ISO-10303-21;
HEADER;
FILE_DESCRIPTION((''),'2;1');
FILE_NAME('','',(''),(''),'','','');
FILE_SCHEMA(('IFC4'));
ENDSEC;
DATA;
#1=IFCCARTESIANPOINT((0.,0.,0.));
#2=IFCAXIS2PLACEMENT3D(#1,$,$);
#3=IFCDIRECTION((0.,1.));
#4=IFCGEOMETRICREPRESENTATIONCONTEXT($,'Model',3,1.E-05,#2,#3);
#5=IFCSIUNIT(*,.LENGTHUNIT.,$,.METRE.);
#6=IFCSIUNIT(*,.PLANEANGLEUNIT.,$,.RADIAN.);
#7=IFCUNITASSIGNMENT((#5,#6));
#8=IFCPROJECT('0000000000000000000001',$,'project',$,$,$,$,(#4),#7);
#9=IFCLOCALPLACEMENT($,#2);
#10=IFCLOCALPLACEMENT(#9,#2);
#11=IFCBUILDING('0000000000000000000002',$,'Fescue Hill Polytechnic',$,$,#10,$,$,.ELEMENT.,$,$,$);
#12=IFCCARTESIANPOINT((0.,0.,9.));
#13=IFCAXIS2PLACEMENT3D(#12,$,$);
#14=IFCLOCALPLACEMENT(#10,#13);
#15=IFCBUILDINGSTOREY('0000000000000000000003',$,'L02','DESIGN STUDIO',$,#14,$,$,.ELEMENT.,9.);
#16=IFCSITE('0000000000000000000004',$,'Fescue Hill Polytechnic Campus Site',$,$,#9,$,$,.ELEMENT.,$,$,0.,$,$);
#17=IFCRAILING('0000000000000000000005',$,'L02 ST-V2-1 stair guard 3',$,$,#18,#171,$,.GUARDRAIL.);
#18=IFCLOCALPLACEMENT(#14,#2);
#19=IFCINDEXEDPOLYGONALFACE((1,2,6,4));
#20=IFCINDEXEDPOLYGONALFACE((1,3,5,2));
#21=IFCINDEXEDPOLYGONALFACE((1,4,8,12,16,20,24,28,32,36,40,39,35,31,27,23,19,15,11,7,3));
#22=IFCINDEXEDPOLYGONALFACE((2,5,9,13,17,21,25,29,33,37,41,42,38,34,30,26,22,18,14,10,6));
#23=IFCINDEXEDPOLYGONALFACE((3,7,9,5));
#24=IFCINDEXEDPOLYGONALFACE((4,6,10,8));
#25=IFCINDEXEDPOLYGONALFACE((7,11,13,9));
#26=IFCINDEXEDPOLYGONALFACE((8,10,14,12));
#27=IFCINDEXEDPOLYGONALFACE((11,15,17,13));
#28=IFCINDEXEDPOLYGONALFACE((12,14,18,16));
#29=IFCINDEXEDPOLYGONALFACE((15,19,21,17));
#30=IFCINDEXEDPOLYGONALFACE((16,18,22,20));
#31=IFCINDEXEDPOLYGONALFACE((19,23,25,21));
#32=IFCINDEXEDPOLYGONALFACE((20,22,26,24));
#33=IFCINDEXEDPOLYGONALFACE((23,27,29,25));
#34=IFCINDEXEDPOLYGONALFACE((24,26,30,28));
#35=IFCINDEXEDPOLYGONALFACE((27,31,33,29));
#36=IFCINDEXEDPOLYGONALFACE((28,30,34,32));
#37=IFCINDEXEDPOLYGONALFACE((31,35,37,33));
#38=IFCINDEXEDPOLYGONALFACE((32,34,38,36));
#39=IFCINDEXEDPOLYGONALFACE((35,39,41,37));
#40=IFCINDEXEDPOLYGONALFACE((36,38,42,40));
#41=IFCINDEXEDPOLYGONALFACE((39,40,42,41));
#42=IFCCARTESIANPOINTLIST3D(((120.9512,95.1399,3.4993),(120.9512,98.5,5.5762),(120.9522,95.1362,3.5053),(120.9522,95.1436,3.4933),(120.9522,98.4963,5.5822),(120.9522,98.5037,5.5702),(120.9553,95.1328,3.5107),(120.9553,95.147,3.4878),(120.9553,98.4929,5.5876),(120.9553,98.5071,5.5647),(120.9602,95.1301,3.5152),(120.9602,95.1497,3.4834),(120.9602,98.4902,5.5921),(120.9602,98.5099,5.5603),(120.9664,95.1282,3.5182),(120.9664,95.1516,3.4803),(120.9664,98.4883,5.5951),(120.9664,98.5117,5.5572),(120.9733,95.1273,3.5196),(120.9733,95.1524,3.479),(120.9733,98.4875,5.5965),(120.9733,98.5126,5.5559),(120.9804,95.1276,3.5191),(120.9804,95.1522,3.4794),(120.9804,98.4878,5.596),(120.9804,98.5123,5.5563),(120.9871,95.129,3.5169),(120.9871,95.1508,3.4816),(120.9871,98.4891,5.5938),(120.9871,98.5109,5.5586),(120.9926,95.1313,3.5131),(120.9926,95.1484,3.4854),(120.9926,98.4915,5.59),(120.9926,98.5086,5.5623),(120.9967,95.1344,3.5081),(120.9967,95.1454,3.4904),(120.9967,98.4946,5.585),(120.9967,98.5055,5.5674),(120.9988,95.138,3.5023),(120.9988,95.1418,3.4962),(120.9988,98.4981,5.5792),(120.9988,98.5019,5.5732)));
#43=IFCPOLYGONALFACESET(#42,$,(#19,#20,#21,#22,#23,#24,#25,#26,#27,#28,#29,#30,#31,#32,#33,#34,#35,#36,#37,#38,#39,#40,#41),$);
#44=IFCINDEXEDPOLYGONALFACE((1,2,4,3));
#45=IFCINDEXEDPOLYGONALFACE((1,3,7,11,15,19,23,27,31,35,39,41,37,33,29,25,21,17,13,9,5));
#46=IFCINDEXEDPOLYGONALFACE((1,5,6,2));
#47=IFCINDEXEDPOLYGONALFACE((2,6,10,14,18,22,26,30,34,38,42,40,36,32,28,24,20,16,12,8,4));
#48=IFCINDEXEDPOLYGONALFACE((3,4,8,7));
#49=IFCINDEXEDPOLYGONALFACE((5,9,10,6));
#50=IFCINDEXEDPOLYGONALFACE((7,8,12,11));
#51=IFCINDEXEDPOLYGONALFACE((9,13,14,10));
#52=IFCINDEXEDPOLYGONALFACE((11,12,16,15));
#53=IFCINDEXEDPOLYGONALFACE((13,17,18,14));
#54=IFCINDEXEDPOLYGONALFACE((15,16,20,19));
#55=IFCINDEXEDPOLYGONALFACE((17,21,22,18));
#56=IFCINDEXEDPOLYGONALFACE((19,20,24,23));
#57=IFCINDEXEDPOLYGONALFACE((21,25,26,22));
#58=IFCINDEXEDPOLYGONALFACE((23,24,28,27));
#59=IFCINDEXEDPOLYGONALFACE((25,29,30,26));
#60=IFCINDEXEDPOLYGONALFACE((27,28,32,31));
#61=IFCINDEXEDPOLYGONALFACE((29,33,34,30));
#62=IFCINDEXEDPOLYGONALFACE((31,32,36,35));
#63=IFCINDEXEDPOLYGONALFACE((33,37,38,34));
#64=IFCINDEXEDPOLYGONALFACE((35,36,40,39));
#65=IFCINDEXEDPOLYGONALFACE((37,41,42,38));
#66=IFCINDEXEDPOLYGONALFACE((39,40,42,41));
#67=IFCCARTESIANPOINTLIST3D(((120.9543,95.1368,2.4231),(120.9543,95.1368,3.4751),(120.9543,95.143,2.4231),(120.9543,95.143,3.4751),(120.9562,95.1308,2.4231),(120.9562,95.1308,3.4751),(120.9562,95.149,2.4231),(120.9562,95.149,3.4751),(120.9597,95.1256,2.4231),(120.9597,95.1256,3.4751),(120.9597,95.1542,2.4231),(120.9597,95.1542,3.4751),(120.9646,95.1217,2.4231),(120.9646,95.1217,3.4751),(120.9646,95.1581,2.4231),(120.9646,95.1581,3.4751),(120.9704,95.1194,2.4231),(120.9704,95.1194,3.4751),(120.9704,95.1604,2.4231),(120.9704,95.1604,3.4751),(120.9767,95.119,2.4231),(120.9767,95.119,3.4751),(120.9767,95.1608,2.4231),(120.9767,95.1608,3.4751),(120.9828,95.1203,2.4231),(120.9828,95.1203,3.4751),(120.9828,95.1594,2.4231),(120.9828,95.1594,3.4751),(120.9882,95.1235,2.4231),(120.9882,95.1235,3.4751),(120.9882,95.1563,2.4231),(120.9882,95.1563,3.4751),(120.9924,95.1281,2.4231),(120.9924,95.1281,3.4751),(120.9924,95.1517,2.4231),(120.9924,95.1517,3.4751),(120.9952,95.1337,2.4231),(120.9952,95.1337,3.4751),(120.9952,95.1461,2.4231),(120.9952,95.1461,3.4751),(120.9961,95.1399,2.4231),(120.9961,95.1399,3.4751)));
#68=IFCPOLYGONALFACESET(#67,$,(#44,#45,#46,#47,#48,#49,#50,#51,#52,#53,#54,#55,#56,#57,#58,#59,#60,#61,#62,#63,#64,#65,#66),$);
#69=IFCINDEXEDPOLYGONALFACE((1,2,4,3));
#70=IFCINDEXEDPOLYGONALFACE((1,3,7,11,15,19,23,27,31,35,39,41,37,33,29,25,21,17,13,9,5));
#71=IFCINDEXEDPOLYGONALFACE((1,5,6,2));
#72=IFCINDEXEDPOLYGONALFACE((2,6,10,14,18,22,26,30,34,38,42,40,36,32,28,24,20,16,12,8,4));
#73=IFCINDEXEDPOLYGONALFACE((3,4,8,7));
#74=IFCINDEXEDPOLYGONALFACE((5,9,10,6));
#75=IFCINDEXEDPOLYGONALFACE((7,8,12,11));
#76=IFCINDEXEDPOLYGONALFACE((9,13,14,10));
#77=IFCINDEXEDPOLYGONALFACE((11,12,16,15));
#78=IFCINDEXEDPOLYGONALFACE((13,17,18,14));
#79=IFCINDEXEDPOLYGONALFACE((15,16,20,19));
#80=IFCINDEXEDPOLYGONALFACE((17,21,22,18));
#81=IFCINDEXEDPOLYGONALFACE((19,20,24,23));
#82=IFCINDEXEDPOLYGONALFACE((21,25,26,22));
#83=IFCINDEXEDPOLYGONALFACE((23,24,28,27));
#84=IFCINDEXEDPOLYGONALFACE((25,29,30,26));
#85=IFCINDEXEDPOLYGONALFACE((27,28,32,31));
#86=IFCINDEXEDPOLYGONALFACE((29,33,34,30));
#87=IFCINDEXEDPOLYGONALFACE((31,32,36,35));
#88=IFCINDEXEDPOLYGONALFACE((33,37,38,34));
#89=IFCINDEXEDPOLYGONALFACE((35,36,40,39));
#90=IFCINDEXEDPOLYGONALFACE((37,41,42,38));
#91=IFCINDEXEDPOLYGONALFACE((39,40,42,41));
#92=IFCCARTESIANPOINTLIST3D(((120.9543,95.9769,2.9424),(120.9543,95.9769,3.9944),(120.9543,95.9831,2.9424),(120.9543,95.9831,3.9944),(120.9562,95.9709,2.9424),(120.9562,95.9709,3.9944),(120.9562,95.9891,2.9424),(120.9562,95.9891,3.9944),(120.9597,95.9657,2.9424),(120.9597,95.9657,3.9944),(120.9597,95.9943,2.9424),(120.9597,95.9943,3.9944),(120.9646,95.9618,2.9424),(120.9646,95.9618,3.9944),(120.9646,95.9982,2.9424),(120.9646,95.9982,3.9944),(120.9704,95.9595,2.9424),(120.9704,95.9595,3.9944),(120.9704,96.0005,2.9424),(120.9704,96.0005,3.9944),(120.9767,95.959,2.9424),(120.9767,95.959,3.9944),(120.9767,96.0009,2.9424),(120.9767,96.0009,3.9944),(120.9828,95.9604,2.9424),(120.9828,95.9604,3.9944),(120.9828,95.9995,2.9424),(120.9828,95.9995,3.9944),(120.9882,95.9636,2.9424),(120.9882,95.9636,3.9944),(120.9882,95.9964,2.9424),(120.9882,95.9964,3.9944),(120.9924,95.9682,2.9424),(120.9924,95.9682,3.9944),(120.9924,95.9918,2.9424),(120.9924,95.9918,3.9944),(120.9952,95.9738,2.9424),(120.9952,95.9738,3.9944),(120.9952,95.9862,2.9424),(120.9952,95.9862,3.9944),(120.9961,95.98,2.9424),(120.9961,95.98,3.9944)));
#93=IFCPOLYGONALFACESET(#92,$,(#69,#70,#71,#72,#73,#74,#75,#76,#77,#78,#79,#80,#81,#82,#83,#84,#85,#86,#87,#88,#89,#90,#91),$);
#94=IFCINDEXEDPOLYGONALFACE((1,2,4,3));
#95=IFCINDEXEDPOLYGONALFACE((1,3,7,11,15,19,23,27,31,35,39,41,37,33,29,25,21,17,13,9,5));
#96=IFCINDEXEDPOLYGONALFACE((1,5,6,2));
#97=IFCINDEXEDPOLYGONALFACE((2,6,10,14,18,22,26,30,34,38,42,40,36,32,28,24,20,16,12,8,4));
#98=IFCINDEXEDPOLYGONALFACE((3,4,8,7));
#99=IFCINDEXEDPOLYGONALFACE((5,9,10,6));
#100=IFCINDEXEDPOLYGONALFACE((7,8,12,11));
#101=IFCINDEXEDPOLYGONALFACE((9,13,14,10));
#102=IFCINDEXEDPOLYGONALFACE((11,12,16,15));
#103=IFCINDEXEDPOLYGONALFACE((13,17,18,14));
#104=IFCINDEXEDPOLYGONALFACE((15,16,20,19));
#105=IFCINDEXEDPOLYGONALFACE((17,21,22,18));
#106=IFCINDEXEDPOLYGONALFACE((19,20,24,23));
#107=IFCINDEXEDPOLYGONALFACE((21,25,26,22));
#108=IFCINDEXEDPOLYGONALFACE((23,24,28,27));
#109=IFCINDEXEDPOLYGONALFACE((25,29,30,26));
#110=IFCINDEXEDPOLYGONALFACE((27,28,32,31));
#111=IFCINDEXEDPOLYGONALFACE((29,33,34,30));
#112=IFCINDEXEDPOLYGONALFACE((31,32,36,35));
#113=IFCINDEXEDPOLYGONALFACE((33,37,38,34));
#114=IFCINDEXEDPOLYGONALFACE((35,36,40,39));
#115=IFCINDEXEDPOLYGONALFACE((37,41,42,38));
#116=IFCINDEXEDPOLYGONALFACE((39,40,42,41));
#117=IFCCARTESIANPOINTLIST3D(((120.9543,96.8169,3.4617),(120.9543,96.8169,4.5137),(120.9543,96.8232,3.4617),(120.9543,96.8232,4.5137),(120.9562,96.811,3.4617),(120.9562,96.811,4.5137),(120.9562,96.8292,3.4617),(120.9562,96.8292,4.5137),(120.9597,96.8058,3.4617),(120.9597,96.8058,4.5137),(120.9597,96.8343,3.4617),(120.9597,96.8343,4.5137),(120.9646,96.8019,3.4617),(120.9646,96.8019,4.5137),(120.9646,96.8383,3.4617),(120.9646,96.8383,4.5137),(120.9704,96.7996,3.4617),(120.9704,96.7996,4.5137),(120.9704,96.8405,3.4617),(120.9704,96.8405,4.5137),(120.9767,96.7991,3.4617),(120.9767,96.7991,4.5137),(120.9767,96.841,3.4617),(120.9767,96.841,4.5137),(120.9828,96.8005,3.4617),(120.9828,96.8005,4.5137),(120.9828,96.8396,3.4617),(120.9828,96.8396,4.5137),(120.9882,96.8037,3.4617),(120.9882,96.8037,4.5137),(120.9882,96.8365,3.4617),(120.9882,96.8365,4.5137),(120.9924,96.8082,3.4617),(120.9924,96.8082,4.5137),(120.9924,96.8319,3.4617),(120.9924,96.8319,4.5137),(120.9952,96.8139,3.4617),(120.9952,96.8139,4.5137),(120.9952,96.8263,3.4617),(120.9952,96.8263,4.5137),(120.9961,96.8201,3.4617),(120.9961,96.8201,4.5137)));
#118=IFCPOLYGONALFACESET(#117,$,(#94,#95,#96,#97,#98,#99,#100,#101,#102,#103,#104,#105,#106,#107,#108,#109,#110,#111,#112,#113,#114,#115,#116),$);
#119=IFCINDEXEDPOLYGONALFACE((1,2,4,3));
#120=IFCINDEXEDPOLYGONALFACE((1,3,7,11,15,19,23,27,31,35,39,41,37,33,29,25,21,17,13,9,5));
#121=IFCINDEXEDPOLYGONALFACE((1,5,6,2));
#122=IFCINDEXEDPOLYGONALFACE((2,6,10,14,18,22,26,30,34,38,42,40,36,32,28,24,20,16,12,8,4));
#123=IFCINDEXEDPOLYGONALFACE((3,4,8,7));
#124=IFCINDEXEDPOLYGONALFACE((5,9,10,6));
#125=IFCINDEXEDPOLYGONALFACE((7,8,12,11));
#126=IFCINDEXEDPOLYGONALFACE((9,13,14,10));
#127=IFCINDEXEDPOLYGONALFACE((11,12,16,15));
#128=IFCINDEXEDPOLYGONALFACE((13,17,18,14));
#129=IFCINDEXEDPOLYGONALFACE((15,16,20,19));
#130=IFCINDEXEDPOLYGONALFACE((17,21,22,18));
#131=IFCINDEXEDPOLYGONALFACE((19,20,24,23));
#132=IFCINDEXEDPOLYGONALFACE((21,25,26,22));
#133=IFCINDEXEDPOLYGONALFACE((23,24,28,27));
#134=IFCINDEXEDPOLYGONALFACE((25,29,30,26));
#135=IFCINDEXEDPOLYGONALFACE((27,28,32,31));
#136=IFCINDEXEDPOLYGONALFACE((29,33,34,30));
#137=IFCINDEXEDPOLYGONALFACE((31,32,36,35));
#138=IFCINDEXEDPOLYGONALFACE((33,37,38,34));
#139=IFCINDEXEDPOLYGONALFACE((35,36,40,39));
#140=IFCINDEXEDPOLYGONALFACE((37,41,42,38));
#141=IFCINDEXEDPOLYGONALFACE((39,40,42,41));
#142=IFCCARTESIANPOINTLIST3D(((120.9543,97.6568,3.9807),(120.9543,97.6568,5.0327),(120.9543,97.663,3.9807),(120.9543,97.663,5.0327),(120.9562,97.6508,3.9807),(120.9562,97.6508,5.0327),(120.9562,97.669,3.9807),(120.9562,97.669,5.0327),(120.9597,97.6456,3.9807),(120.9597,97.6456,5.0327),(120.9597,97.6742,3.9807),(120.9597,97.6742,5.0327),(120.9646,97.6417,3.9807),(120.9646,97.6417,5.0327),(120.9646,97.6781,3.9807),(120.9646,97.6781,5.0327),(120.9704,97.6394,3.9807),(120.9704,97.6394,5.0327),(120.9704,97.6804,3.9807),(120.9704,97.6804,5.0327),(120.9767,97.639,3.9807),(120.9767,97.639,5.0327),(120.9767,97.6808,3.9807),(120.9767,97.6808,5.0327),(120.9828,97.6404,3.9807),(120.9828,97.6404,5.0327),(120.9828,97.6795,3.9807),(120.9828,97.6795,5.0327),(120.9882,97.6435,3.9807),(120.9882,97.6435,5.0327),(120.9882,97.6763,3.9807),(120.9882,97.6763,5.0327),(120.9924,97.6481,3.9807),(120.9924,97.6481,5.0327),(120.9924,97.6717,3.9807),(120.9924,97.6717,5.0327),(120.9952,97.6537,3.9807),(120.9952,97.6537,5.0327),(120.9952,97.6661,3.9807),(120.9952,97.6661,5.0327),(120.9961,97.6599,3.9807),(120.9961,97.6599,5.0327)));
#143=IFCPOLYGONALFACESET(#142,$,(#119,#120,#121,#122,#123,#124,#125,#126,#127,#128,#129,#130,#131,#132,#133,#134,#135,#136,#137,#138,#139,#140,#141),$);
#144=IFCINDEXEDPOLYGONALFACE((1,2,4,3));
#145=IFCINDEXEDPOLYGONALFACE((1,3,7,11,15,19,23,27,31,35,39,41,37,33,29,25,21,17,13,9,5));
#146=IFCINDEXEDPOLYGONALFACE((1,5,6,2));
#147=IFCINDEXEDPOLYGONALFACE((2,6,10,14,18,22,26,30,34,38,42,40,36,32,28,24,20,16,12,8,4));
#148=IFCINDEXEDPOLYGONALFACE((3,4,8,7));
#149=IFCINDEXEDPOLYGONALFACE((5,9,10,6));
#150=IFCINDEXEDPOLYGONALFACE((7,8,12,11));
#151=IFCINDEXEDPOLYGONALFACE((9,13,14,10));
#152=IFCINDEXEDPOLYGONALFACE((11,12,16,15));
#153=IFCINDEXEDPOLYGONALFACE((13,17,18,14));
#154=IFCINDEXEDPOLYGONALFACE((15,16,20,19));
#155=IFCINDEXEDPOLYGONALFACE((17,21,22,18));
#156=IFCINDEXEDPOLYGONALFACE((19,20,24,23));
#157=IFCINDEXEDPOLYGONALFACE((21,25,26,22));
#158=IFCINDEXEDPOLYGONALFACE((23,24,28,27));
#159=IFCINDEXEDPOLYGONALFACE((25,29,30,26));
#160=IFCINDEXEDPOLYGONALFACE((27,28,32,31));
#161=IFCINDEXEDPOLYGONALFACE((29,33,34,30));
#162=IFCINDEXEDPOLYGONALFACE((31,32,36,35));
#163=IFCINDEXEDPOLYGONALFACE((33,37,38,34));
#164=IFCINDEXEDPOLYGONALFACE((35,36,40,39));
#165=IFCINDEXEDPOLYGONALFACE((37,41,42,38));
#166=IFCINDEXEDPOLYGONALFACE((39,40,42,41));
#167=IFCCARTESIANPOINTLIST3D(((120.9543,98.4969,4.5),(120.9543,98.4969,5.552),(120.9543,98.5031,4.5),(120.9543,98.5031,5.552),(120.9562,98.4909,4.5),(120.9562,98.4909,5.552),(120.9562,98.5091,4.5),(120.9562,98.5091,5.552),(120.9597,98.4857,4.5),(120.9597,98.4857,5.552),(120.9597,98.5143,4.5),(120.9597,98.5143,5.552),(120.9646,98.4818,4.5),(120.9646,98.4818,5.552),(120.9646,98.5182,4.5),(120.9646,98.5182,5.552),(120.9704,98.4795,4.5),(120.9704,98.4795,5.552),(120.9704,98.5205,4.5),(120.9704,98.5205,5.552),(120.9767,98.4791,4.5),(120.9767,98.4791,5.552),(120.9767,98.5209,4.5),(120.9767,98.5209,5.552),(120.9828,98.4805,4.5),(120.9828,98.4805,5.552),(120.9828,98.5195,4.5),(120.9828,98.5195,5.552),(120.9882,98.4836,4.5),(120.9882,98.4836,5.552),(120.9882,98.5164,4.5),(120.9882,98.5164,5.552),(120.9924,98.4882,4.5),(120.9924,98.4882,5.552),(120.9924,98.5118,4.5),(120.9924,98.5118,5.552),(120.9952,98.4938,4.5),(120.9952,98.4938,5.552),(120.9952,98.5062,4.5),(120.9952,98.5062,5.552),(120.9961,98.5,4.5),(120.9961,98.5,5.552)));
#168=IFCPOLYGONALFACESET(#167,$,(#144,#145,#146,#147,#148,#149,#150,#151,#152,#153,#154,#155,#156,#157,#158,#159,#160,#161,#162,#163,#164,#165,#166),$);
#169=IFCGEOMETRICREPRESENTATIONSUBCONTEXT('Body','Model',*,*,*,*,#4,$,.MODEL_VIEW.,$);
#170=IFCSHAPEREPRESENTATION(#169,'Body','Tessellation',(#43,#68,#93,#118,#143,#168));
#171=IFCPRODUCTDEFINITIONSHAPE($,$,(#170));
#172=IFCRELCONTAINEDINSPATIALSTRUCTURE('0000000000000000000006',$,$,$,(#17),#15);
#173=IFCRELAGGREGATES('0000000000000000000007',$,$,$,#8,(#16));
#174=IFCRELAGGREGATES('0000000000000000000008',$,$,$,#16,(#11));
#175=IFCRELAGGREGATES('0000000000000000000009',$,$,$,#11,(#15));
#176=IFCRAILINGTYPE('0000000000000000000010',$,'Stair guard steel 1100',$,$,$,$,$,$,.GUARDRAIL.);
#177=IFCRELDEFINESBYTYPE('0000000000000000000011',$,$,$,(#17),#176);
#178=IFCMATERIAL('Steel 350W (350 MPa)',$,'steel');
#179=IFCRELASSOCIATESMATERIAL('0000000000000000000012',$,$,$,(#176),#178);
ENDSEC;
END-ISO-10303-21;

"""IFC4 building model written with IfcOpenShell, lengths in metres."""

from ifc_helpers import new_model, si_unit, direction, frame, origin, origin_2d, place, context, subcontext, project, spatial, circle, extrude, material, type_object, element, save


model = new_model("IFC4")

# Units and contexts
model_context = context("Model", 3, precision=1e-05, world=origin(), true_north=direction((0.0, 1.0)))
body_context = subcontext(model_context, "Body", "Model", "MODEL_VIEW")
ifc_project = project(units=[si_unit("LENGTHUNIT", "METRE"), si_unit("PLANEANGLEUNIT", "RADIAN")], contexts=[model_context])

# Site, building, storey
site_placement = place(None, origin())
site = spatial("IfcSite", under=ifc_project, at=site_placement, Name="Fescue Hill Polytechnic Campus Site", CompositionType="ELEMENT", RefElevation=0.0)
building_placement = place(site_placement, origin())
building = spatial("IfcBuilding", under=site, at=building_placement, Name="Fescue Hill Polytechnic", CompositionType="ELEMENT")
storey_placement = place(building_placement, frame((0.0, 0.0, 9.0)))
storey = spatial("IfcBuildingStorey", under=building, at=storey_placement, Name="L02", Description="DESIGN STUDIO", CompositionType="ELEMENT", Elevation=9.0)

# Railing
ifc_material_1 = material(Name="Steel 350W (350 MPa)", Category="steel")
railing_type_1 = type_object("IfcRailingType", Name="Stair guard steel 1100", PredefinedType="GUARDRAIL", material=ifc_material_1)
railing_1_placement = place(storey_placement, frame((120.9751, 95.1399, 2.4231)))
element("IfcRailing", 1, at=railing_1_placement, inside=storey, type_object=railing_type_1, Name="L02 ST-V2-1 stair guard 3", PredefinedType="GUARDRAIL", context=body_context, shape_type="SweptSolid", body=[
    extrude(circle(Radius=0.0239, at=origin_2d()), frame((0.0, 0.0, 1.0762), z_axis=(0.0, 0.850623, 0.525776), x_axis=(-1.0, 0.0, 0.0)), (0.0, 0.0, 1.0), 3.9502),
    extrude(circle(Radius=0.021, at=origin_2d()), origin(), (0.0, 0.0, 1.0), 1.052),
    extrude(circle(Radius=0.021, at=origin_2d()), frame((0.0, 0.8401, 0.5193)), (0.0, 0.0, 1.0), 1.052),
    extrude(circle(Radius=0.021, at=origin_2d()), frame((0.0, 1.6802, 1.0386)), (0.0, 0.0, 1.0), 1.052),
    extrude(circle(Radius=0.021, at=origin_2d()), frame((0.0, 2.52, 1.5576)), (0.0, 0.0, 1.0), 1.052),
    extrude(circle(Radius=0.021, at=origin_2d()), frame((0.0, 3.3601, 2.0769)), (0.0, 0.0, 1.0), 1.052),
])

save(model, "model.ifc")
